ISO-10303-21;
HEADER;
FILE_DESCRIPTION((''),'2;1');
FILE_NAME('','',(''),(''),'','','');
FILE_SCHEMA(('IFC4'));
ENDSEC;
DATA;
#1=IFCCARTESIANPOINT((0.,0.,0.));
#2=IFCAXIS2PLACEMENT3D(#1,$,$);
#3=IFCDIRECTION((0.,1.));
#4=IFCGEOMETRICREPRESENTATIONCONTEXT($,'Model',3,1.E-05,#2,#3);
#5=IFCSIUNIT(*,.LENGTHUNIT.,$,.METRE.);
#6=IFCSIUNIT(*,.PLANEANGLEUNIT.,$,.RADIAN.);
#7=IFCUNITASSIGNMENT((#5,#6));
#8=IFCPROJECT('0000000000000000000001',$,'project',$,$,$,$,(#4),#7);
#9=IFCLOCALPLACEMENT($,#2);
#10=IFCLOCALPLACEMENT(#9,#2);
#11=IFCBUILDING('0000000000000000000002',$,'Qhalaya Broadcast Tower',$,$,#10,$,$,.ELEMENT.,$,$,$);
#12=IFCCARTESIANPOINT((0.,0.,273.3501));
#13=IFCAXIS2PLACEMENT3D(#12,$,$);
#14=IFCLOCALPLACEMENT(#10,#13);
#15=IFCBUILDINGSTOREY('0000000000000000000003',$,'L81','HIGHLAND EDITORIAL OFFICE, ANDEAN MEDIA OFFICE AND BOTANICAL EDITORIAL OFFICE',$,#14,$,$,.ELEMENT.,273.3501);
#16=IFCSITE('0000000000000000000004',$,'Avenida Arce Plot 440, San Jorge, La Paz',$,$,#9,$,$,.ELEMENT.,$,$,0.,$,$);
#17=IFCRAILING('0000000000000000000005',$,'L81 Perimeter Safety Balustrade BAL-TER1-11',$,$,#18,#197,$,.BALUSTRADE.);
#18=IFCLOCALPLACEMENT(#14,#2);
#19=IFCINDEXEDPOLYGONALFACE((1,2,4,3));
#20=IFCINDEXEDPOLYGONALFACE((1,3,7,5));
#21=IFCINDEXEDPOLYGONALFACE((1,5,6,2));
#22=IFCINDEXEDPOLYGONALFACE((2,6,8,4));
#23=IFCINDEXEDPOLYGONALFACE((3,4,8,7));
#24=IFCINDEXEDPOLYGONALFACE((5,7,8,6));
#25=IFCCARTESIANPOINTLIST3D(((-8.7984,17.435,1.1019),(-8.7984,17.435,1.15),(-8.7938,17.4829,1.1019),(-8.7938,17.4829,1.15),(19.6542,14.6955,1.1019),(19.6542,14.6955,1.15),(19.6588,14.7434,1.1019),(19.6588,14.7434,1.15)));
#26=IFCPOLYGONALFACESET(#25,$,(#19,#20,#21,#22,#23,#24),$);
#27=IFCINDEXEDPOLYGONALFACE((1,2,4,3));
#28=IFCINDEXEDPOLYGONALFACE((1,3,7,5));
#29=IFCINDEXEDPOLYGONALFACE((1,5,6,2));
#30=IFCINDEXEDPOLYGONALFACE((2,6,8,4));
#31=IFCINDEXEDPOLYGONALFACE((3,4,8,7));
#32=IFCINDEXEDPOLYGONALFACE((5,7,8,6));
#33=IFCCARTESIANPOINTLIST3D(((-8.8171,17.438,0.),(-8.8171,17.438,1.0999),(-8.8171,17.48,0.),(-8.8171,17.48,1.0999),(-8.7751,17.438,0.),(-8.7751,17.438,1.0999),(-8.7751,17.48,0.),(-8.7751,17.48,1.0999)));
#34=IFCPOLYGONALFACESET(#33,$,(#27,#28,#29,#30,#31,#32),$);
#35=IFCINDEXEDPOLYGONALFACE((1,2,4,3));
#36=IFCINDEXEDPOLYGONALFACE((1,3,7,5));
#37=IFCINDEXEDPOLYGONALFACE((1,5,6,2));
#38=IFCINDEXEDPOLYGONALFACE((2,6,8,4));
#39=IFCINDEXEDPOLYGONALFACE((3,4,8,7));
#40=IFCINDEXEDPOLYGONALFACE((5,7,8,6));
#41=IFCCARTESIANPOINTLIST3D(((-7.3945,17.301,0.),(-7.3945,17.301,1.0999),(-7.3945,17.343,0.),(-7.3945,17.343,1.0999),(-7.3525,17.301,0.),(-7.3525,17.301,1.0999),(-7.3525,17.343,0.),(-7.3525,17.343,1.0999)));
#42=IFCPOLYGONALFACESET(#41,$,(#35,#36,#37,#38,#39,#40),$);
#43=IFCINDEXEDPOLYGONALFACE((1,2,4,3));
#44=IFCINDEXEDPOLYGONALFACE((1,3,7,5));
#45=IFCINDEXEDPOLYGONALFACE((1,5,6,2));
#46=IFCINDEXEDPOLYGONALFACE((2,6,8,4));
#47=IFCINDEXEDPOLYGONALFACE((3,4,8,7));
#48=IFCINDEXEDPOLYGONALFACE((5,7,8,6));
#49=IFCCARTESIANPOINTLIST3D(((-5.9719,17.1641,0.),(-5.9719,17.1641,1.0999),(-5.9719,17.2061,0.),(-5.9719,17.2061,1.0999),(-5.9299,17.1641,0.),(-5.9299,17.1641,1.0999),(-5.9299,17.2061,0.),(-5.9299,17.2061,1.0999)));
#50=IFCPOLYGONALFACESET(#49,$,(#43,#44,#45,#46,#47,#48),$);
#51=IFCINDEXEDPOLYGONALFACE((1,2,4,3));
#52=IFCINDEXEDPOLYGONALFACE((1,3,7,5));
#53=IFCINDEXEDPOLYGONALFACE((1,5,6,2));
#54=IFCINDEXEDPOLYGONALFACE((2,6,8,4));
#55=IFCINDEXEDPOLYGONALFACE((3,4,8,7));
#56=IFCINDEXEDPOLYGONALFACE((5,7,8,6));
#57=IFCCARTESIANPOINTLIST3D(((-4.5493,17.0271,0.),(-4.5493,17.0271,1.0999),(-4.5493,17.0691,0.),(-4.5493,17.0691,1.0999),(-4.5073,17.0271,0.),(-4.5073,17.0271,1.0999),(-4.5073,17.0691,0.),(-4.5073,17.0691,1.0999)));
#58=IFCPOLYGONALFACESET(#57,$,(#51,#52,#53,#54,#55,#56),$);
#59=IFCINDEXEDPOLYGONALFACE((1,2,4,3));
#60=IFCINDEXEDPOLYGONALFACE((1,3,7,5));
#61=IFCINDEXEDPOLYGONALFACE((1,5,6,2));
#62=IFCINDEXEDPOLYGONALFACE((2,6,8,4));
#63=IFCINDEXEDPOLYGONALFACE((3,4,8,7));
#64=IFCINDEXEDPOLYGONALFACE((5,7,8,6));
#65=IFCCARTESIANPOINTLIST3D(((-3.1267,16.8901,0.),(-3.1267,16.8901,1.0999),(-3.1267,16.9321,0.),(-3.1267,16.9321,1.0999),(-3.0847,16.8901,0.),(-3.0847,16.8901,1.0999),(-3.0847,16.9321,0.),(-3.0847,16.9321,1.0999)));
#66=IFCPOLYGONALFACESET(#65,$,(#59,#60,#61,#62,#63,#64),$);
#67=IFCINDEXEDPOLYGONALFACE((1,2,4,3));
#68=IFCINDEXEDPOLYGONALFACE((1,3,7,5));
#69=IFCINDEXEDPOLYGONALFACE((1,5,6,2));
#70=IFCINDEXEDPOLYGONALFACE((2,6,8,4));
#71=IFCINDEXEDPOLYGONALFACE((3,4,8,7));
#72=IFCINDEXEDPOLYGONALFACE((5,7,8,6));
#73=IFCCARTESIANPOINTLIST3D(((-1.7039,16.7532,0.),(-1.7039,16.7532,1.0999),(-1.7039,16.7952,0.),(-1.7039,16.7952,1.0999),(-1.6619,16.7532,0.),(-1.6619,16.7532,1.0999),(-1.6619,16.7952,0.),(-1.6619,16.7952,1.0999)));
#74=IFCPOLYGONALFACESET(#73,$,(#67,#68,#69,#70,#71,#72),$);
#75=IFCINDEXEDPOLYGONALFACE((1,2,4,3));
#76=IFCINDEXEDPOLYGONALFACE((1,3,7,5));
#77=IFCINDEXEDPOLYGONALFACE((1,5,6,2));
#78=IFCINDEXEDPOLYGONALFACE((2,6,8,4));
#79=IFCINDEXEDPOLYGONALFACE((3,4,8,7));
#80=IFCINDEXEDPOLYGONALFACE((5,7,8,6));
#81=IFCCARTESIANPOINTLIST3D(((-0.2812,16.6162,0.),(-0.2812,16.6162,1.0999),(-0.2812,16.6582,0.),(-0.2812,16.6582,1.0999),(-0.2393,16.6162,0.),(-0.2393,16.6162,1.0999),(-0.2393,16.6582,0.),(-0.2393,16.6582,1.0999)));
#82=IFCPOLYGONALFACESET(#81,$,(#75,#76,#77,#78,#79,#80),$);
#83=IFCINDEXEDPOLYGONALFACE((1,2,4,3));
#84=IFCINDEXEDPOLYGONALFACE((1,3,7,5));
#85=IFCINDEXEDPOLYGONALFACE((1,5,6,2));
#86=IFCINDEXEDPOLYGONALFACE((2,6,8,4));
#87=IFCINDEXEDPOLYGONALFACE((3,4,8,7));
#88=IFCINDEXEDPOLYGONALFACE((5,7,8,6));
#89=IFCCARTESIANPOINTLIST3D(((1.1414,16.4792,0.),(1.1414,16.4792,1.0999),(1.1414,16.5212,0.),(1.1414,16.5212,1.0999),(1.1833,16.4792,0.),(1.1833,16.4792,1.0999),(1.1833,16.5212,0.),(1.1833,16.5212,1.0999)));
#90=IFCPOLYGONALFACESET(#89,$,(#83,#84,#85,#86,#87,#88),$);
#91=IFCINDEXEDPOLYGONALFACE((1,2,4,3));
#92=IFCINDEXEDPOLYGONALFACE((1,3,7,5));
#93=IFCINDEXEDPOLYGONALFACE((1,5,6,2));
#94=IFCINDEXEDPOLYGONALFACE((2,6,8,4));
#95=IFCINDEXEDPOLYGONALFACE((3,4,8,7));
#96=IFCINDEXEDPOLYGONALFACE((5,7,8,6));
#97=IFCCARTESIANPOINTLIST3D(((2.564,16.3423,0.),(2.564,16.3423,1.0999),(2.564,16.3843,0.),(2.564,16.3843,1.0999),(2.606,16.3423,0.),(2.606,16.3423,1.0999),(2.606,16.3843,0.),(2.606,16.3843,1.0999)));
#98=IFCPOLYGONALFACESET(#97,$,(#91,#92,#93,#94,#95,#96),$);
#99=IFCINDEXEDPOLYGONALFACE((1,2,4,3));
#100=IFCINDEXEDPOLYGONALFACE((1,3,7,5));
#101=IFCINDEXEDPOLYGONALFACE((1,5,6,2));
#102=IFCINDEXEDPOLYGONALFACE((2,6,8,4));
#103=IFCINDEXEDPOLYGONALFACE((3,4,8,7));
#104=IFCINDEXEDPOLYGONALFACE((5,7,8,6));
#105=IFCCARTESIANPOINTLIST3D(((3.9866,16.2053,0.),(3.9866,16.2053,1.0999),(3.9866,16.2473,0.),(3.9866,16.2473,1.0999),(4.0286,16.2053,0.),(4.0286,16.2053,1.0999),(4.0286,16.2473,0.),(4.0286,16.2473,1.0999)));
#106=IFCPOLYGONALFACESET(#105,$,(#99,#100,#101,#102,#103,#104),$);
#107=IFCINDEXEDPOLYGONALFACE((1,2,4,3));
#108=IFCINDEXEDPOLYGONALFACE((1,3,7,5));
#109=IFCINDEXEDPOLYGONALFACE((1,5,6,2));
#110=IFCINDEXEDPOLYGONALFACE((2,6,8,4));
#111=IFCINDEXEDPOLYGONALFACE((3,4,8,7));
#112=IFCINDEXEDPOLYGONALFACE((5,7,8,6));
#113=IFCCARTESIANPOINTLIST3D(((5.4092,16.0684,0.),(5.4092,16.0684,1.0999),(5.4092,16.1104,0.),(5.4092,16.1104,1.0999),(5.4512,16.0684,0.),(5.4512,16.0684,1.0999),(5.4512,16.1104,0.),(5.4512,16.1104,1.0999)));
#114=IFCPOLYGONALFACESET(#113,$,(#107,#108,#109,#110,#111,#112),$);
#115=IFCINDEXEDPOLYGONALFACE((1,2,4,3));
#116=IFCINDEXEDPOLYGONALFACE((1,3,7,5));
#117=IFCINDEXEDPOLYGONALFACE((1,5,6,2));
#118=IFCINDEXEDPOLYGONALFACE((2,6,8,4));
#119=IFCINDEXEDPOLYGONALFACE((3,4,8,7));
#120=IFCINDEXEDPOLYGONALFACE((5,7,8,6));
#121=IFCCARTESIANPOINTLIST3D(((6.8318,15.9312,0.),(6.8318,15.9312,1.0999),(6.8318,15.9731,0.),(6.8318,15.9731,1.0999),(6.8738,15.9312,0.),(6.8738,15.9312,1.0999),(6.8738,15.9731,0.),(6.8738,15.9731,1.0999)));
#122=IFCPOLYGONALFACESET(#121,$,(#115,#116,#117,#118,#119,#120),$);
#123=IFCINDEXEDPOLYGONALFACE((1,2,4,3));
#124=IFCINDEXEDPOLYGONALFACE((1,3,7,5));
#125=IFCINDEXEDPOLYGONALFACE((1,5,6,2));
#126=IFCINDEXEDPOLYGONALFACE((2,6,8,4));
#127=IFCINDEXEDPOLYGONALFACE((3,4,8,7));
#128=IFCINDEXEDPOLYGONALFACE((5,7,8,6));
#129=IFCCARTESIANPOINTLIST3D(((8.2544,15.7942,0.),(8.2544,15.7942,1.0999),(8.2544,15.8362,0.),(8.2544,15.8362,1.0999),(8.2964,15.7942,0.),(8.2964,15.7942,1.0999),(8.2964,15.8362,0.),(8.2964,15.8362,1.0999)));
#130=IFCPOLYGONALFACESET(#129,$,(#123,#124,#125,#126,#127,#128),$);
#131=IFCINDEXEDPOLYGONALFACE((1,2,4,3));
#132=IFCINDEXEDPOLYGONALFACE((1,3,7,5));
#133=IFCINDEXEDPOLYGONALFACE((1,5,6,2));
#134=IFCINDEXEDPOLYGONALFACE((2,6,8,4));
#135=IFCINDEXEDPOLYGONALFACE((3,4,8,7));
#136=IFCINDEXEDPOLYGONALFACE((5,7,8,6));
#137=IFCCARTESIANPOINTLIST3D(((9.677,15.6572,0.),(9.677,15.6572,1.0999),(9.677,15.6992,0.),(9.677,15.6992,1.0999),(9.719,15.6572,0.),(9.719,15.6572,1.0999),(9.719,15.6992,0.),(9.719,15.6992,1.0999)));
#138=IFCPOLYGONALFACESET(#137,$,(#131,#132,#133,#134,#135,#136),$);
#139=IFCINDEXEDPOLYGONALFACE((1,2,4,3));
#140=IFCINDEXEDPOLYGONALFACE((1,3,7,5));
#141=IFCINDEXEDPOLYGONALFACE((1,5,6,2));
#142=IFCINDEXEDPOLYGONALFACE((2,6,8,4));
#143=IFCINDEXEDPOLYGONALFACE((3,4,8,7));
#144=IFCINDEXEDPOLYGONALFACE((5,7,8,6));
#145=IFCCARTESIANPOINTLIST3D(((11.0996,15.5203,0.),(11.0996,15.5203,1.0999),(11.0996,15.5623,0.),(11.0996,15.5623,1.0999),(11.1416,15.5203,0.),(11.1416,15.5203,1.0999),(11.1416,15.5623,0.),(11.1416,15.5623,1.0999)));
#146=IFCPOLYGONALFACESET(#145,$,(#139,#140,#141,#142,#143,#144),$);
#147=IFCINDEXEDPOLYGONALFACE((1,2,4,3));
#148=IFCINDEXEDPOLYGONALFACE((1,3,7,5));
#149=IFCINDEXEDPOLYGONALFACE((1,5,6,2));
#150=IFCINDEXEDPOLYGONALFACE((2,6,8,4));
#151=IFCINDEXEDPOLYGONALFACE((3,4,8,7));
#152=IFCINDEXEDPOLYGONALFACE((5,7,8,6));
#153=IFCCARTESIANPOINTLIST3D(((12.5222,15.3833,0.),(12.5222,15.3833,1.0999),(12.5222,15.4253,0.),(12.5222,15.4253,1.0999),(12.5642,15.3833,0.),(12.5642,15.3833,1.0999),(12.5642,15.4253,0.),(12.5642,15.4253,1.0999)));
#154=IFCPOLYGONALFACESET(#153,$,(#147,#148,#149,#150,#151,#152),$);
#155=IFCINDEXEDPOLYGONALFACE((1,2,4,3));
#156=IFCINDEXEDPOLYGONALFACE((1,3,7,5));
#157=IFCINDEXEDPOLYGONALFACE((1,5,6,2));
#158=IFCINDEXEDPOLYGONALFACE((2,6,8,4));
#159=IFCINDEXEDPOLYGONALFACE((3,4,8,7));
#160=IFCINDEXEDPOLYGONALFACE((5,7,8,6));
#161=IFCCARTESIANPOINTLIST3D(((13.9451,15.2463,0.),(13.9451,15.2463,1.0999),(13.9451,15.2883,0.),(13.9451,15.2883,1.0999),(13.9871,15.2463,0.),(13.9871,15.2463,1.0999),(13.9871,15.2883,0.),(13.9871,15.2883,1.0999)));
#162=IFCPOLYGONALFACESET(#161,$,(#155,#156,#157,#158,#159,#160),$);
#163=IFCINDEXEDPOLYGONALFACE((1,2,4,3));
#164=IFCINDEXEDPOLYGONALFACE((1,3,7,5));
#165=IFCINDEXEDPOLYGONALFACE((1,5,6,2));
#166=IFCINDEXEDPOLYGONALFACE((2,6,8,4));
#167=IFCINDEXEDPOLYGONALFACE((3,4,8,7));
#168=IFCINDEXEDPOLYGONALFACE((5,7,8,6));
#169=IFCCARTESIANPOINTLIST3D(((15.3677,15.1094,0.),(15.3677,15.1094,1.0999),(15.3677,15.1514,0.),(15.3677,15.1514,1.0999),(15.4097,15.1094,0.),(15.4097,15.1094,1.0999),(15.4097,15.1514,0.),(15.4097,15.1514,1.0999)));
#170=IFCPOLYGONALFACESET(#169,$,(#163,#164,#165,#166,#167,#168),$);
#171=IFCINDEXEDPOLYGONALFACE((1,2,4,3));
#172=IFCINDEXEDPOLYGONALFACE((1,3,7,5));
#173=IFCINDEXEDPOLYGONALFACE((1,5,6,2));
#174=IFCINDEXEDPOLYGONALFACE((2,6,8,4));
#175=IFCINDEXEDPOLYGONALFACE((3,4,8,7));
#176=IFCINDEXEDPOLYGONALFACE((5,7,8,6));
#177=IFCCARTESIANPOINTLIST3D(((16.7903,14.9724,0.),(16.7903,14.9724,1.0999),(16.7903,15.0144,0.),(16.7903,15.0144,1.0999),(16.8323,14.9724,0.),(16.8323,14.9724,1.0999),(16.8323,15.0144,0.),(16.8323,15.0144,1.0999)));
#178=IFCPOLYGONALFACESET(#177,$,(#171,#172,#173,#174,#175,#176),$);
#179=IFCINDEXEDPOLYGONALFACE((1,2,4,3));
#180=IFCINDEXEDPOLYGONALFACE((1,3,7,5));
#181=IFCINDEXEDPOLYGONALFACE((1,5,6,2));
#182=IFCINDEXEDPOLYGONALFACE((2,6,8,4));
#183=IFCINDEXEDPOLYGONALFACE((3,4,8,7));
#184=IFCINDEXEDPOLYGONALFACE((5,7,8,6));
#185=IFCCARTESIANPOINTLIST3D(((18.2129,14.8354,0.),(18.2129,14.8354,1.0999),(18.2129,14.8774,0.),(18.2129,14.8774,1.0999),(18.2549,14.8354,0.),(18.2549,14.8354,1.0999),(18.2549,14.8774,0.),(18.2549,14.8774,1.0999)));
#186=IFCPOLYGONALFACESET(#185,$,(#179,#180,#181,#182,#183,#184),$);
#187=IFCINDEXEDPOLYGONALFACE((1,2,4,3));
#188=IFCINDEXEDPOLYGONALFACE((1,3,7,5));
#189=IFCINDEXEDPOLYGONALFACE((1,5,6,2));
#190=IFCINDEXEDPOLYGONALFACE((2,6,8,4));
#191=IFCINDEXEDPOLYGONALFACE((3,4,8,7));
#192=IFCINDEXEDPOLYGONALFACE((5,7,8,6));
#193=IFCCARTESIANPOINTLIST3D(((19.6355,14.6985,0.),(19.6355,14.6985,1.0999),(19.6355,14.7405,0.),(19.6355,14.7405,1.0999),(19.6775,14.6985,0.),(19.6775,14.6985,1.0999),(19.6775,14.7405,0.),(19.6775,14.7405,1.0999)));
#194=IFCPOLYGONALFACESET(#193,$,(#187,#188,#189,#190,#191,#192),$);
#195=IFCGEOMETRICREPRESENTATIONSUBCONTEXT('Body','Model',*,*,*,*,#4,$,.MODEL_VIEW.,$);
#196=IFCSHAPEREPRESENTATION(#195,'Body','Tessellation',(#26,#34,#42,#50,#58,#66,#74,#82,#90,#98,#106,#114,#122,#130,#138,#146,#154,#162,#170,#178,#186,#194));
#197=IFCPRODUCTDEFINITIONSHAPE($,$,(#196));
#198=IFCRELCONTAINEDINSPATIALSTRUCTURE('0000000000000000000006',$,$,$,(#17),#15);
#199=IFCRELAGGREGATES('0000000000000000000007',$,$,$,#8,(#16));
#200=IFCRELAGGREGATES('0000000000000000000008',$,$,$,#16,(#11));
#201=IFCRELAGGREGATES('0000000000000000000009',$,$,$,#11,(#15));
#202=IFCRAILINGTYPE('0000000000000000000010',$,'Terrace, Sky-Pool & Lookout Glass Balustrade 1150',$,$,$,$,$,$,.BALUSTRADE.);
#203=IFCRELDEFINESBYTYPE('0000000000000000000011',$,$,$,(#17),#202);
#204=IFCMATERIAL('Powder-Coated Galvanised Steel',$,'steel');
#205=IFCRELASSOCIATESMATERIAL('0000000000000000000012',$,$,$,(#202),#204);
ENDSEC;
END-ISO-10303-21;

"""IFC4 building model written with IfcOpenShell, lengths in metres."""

from ifc_helpers import new_model, si_unit, direction, frame, origin, origin_2d, place, context, subcontext, project, spatial, rectangle, extrude, material, type_object, element, save


model = new_model("IFC4")

# Units and contexts
model_context = context("Model", 3, precision=1e-05, world=origin(), true_north=direction((0.0, 1.0)))
body_context = subcontext(model_context, "Body", "Model", "MODEL_VIEW")
ifc_project = project(units=[si_unit("LENGTHUNIT", "METRE"), si_unit("PLANEANGLEUNIT", "RADIAN")], contexts=[model_context])

# Site, building, storey
site_placement = place(None, origin())
site = spatial("IfcSite", under=ifc_project, at=site_placement, Name="Avenida Arce Plot 440, San Jorge, La Paz", CompositionType="ELEMENT", RefElevation=0.0)
building_placement = place(site_placement, origin())
building = spatial("IfcBuilding", under=site, at=building_placement, Name="Qhalaya Broadcast Tower", CompositionType="ELEMENT")
storey_placement = place(building_placement, frame((0.0, 0.0, 273.3501)))
storey = spatial("IfcBuildingStorey", under=building, at=storey_placement, Name="L81", Description="HIGHLAND EDITORIAL OFFICE, ANDEAN MEDIA OFFICE AND BOTANICAL EDITORIAL OFFICE", CompositionType="ELEMENT", Elevation=273.3501)

# Railing
ifc_material_1 = material(Name="Powder-Coated Galvanised Steel", Category="steel")
railing_type_1 = type_object("IfcRailingType", Name="Terrace, Sky-Pool & Lookout Glass Balustrade 1150", PredefinedType="BALUSTRADE", material=ifc_material_1)
railing_1_placement = place(storey_placement, frame((-8.7961, 17.459, 0.0)))
element("IfcRailing", 1, at=railing_1_placement, inside=storey, type_object=railing_type_1, Name="L81 Perimeter Safety Balustrade BAL-TER1-11", PredefinedType="BALUSTRADE", context=body_context, shape_type="SweptSolid", body=[
    extrude(rectangle(XDim=0.0481, YDim=0.0481, at=origin_2d()), frame((0.0, 0.0, 1.126), z_axis=(0.995397, -0.09584, 0.0), x_axis=(0.09584, 0.995397, 0.0)), (0.0, 0.0, 1.0), 28.5842),
    extrude(rectangle(XDim=0.042, YDim=0.042, at=origin_2d()), origin(), (0.0, 0.0, 1.0), 1.0999),
    extrude(rectangle(XDim=0.042, YDim=0.042, at=origin_2d()), frame((1.4226, -0.137, 0.0)), (0.0, 0.0, 1.0), 1.0999),
    extrude(rectangle(XDim=0.042, YDim=0.042, at=origin_2d()), frame((2.8452, -0.2739, 0.0)), (0.0, 0.0, 1.0), 1.0999),
    extrude(rectangle(XDim=0.042, YDim=0.042, at=origin_2d()), frame((4.2678, -0.4109, 0.0)), (0.0, 0.0, 1.0), 1.0999),
    extrude(rectangle(XDim=0.042, YDim=0.042, at=origin_2d()), frame((5.6904, -0.5479, 0.0)), (0.0, 0.0, 1.0), 1.0999),
    extrude(rectangle(XDim=0.042, YDim=0.042, at=origin_2d()), frame((7.1133, -0.6848, 0.0)), (0.0, 0.0, 1.0), 1.0999),
    extrude(rectangle(XDim=0.042, YDim=0.042, at=origin_2d()), frame((8.5359, -0.8218, 0.0)), (0.0, 0.0, 1.0), 1.0999),
    extrude(rectangle(XDim=0.042, YDim=0.042, at=origin_2d()), frame((9.9585, -0.9587, 0.0)), (0.0, 0.0, 1.0), 1.0999),
    extrude(rectangle(XDim=0.042, YDim=0.042, at=origin_2d()), frame((11.3811, -1.0957, 0.0)), (0.0, 0.0, 1.0), 1.0999),
    extrude(rectangle(XDim=0.042, YDim=0.042, at=origin_2d()), frame((12.8037, -1.2327, 0.0)), (0.0, 0.0, 1.0), 1.0999),
    extrude(rectangle(XDim=0.042, YDim=0.042, at=origin_2d()), frame((14.2263, -1.3696, 0.0)), (0.0, 0.0, 1.0), 1.0999),
    extrude(rectangle(XDim=0.042, YDim=0.042, at=origin_2d()), frame((15.6489, -1.5068, 0.0)), (0.0, 0.0, 1.0), 1.0999),
    extrude(rectangle(XDim=0.042, YDim=0.042, at=origin_2d()), frame((17.0715, -1.6438, 0.0)), (0.0, 0.0, 1.0), 1.0999),
    extrude(rectangle(XDim=0.042, YDim=0.042, at=origin_2d()), frame((18.4941, -1.7808, 0.0)), (0.0, 0.0, 1.0), 1.0999),
    extrude(rectangle(XDim=0.042, YDim=0.042, at=origin_2d()), frame((19.9167, -1.9177, 0.0)), (0.0, 0.0, 1.0), 1.0999),
    extrude(rectangle(XDim=0.042, YDim=0.042, at=origin_2d()), frame((21.3394, -2.0547, 0.0)), (0.0, 0.0, 1.0), 1.0999),
    extrude(rectangle(XDim=0.042, YDim=0.042, at=origin_2d()), frame((22.7622, -2.1917, 0.0)), (0.0, 0.0, 1.0), 1.0999),
    extrude(rectangle(XDim=0.042, YDim=0.042, at=origin_2d()), frame((24.1848, -2.3286, 0.0)), (0.0, 0.0, 1.0), 1.0999),
    extrude(rectangle(XDim=0.042, YDim=0.042, at=origin_2d()), frame((25.6074, -2.4656, 0.0)), (0.0, 0.0, 1.0), 1.0999),
    extrude(rectangle(XDim=0.042, YDim=0.042, at=origin_2d()), frame((27.03, -2.6025, 0.0)), (0.0, 0.0, 1.0), 1.0999),
    extrude(rectangle(XDim=0.042, YDim=0.042, at=origin_2d()), frame((28.4526, -2.7395, 0.0)), (0.0, 0.0, 1.0), 1.0999),
])

save(model, "model.ifc")
